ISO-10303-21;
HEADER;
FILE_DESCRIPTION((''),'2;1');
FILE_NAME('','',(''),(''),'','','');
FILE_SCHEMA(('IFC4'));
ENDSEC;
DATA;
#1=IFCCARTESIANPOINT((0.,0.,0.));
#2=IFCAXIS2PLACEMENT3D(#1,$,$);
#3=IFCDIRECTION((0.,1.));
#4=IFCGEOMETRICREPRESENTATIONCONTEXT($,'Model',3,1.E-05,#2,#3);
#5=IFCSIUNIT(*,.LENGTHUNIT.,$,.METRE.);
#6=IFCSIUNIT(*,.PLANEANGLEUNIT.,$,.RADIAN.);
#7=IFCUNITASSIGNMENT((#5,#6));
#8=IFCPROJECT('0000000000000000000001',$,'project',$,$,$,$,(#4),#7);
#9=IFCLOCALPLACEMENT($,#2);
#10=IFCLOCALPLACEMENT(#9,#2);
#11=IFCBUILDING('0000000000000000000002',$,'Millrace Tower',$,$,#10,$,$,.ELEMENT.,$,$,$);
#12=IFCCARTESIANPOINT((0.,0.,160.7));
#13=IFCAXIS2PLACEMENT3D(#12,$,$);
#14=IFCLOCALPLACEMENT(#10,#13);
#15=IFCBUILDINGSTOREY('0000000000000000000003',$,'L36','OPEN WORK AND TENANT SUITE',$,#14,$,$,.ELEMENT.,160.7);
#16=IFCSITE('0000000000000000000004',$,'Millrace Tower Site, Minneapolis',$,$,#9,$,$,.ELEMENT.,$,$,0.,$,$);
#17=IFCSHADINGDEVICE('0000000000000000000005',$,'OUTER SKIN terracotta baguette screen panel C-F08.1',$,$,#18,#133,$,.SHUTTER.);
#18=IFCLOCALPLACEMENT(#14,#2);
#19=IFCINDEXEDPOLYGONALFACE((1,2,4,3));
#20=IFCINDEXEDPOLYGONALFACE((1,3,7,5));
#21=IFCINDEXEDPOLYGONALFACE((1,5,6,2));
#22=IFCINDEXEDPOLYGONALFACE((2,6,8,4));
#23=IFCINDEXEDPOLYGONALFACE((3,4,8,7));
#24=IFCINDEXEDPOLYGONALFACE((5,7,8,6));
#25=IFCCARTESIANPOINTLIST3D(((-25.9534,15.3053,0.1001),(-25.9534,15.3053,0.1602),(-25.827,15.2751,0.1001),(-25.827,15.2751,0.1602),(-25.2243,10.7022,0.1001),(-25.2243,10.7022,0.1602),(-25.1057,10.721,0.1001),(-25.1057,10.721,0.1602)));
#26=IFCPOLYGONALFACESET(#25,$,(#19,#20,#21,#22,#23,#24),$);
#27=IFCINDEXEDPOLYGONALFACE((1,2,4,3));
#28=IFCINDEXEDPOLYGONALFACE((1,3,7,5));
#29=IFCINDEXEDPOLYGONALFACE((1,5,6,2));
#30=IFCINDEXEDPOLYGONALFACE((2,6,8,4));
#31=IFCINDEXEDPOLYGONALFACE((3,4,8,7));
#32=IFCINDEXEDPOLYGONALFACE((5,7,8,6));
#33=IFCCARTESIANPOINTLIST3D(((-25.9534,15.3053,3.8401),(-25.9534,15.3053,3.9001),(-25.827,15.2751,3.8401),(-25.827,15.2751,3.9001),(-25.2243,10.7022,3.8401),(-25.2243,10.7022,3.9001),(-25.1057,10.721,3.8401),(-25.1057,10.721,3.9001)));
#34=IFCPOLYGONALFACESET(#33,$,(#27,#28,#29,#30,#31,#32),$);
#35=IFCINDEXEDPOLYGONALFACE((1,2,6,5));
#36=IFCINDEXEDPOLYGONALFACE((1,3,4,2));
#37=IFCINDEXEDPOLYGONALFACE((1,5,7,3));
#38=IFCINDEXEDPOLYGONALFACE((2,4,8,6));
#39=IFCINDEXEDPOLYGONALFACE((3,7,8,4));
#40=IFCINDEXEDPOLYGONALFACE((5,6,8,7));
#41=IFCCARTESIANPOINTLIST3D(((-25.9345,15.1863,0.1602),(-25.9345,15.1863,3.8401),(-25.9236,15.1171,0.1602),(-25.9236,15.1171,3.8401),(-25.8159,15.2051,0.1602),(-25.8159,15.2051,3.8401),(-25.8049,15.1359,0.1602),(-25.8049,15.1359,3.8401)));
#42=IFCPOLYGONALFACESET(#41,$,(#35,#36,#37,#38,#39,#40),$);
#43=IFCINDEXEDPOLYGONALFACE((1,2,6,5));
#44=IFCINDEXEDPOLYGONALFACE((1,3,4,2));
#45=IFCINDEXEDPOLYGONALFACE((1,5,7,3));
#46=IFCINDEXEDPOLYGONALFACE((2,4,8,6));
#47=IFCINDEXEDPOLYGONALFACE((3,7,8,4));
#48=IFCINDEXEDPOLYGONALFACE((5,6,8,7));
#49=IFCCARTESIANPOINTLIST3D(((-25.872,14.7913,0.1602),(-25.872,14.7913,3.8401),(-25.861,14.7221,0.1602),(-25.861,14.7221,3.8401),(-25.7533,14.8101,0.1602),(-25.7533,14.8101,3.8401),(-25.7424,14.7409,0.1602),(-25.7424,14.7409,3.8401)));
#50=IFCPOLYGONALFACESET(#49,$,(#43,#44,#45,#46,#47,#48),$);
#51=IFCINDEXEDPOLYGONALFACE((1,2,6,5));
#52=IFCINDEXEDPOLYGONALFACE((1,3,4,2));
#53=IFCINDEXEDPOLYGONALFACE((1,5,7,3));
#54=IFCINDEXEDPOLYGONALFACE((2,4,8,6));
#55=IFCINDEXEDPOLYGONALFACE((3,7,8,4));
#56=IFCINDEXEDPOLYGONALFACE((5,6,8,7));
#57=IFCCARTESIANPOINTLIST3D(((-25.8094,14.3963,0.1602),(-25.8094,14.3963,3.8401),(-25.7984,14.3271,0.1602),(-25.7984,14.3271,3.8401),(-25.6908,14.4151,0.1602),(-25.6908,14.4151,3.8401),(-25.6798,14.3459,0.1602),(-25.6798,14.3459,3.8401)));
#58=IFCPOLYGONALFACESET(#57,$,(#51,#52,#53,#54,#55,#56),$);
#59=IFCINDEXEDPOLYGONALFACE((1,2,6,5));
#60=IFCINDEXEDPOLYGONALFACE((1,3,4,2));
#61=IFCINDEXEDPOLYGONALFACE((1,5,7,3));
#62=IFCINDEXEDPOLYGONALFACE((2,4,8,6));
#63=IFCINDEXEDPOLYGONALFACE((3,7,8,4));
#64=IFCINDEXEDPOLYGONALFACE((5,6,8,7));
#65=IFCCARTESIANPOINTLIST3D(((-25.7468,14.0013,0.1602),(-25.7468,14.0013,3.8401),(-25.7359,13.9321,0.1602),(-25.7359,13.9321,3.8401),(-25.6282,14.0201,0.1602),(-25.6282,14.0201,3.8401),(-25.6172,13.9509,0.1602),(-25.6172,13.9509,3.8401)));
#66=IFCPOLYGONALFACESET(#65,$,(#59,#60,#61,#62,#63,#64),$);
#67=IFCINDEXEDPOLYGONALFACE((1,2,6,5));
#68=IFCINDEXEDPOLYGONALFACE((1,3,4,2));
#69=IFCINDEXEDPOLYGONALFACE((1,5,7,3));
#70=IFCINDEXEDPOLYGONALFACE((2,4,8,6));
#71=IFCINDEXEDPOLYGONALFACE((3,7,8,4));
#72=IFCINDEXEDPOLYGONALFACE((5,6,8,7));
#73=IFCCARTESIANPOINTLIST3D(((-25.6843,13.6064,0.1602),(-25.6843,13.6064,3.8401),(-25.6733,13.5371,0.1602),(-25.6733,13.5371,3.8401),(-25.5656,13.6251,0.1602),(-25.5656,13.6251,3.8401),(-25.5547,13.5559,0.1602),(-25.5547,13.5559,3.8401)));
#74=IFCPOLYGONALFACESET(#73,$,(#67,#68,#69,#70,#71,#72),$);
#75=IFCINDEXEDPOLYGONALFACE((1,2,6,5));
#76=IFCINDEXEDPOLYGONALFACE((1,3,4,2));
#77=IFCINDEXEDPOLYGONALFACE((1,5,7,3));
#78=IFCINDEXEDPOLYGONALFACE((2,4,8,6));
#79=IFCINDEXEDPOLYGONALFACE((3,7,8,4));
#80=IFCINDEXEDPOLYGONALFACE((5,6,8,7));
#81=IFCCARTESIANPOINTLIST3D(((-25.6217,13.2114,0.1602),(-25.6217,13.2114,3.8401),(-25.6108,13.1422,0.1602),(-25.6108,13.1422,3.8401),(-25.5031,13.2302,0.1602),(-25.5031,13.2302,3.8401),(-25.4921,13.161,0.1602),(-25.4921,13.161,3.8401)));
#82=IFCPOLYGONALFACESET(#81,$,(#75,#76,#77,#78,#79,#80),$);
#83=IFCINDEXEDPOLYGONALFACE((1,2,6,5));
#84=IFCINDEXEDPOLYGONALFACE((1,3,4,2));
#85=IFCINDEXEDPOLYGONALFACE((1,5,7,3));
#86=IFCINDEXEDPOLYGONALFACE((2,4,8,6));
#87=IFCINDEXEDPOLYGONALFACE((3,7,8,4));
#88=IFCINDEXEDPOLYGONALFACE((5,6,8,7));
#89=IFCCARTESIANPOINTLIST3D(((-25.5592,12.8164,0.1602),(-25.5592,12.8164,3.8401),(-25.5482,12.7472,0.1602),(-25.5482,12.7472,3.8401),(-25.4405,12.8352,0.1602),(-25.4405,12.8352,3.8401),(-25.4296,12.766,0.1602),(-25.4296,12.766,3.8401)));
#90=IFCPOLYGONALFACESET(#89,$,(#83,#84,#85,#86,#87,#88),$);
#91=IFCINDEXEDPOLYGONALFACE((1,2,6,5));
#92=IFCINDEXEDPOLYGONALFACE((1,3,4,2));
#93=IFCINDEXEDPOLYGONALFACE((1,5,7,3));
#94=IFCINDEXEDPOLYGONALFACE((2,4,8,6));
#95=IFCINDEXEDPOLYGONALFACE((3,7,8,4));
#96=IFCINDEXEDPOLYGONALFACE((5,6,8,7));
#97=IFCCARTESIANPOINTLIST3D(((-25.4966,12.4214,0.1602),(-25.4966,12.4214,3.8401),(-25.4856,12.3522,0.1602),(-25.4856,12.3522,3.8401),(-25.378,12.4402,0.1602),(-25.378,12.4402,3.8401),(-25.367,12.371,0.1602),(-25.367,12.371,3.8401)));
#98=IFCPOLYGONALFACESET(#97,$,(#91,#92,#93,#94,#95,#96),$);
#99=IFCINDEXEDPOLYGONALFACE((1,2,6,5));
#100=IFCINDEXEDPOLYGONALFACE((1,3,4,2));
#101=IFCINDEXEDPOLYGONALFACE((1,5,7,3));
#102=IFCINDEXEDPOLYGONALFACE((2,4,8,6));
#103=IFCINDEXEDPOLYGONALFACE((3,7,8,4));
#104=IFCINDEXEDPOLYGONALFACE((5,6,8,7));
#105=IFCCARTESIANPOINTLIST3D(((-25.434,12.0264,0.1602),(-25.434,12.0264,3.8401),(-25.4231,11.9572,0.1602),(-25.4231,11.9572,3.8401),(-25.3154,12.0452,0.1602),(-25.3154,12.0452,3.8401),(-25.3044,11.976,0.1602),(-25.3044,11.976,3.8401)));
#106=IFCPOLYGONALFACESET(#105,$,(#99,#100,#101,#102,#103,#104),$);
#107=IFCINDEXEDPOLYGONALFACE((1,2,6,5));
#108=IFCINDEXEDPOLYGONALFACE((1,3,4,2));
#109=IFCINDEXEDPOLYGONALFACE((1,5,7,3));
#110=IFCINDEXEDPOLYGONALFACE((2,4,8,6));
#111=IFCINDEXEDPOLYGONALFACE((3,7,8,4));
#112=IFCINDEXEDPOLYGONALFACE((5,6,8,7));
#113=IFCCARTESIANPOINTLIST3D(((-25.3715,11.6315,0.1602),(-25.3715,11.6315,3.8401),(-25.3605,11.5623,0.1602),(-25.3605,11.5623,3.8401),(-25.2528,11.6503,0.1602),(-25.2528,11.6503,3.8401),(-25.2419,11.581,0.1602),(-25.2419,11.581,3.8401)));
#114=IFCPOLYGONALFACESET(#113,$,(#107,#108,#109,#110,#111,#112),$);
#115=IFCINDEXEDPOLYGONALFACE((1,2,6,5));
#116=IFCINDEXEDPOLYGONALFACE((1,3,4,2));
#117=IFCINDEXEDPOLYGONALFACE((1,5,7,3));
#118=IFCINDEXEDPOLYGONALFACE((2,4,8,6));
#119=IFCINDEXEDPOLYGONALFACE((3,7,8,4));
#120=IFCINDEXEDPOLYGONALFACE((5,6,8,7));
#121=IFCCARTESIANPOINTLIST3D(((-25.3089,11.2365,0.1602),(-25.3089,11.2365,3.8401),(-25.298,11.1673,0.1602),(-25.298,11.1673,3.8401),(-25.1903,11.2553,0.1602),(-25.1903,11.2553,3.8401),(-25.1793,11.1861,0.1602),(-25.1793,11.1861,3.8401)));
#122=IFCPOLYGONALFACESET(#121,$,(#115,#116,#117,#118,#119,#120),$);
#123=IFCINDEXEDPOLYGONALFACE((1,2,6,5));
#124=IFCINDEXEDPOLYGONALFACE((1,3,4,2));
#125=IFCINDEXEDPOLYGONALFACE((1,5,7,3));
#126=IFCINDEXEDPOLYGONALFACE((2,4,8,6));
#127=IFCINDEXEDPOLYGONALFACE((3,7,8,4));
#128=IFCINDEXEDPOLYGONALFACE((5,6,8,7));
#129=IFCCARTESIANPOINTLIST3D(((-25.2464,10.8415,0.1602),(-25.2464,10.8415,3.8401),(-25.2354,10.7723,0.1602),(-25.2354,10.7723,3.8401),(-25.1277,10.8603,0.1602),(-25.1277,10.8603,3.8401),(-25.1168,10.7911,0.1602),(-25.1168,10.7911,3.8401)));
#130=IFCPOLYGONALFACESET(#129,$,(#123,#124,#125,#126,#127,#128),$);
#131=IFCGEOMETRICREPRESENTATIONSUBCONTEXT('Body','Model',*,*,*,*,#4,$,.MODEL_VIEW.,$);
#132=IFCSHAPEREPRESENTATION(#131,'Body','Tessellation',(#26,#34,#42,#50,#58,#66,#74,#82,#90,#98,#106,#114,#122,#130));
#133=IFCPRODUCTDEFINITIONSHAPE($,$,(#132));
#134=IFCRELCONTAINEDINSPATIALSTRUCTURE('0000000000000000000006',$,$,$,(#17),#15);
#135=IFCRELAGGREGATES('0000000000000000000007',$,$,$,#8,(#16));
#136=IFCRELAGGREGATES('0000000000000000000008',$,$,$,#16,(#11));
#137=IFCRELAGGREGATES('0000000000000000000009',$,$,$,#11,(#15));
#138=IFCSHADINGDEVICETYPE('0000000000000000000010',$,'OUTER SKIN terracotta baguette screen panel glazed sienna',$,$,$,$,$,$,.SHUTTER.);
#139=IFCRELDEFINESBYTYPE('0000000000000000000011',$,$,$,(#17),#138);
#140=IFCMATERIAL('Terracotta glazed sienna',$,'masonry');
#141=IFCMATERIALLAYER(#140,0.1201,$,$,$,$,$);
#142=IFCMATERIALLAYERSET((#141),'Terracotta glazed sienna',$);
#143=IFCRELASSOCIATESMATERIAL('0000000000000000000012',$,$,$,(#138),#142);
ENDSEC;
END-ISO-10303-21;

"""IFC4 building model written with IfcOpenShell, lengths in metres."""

from ifc_helpers import new_model, entity, si_unit, direction, frame, frame_2d, origin, place, context, subcontext, project, spatial, rectangle, extrude, source, transform, mapped, material, layer, layer_set, type_object, element, save


model = new_model("IFC4")

# Units and contexts
model_context = context("Model", 3, precision=1e-05, world=origin(), true_north=direction((0.0, 1.0)))
body_context = subcontext(model_context, "Body", "Model", "MODEL_VIEW")
ifc_project = project(units=[si_unit("LENGTHUNIT", "METRE"), si_unit("PLANEANGLEUNIT", "RADIAN")], contexts=[model_context])

# Site, building, storey
site_placement = place(None, origin())
site = spatial("IfcSite", under=ifc_project, at=site_placement, Name="Millrace Tower Site, Minneapolis", CompositionType="ELEMENT", RefElevation=0.0)
building_placement = place(site_placement, origin())
building = spatial("IfcBuilding", under=site, at=building_placement, Name="Millrace Tower", CompositionType="ELEMENT")
storey_placement = place(building_placement, frame((0.0, 0.0, 160.7)))
storey = spatial("IfcBuildingStorey", under=building, at=storey_placement, Name="L36", Description="OPEN WORK AND TENANT SUITE", CompositionType="ELEMENT", Elevation=160.7)

# Shading device
ifc_material_1 = material(Name="Terracotta glazed sienna", Category="masonry")
ifc_layer_1 = layer(ifc_material_1, 0.1201)
ifc_layer_set_1 = layer_set([ifc_layer_1], Name="Terracotta glazed sienna")
shading_device_type = type_object("IfcShadingDeviceType", Name="OUTER SKIN terracotta baguette screen panel glazed sienna", PredefinedType="SHUTTER", material=ifc_layer_set_1)
cartesian_point_1 = entity("IfcCartesianPoint", [-2.293, 0.0601])
shared_polyline_1 = entity("IfcPolyline", [cartesian_point_1, entity("IfcCartesianPoint", [2.3179, 0.0601]), entity("IfcCartesianPoint", [2.3179, -0.0601]), entity("IfcCartesianPoint", [-2.3425, -0.0601]), cartesian_point_1])
shared_shape_1 = source(origin(), body_context, "Body", "SweptSolid", [
    entity("IfcExtrudedAreaSolid", entity("IfcArbitraryClosedProfileDef", "AREA", None, shared_polyline_1), entity("IfcAxis2Placement3D", entity("IfcCartesianPoint", [0.0, 0.0, 0.0])), entity("IfcDirection", [0.0, 0.0, 1.0]), 0.0601),
    entity("IfcExtrudedAreaSolid", entity("IfcArbitraryClosedProfileDef", "AREA", None, shared_polyline_1), entity("IfcAxis2Placement3D", entity("IfcCartesianPoint", [0.0, 0.0, 3.74])), entity("IfcDirection", [0.0, 0.0, 1.0]), 0.0601),
    extrude(rectangle(XDim=0.0701, YDim=0.1201, at=frame_2d((-2.187, 0.0))), frame((0.0, 0.0, 0.0601)), (0.0, 0.0, 1.0), 3.6799),
    extrude(rectangle(XDim=0.0701, YDim=0.1201, at=frame_2d((-1.7871, 0.0))), frame((0.0, 0.0, 0.0601)), (0.0, 0.0, 1.0), 3.6799),
    extrude(rectangle(XDim=0.0701, YDim=0.1201, at=frame_2d((-1.3872, 0.0))), frame((0.0, 0.0, 0.0601)), (0.0, 0.0, 1.0), 3.6799),
    extrude(rectangle(XDim=0.0701, YDim=0.1201, at=frame_2d((-0.9873, 0.0))), frame((0.0, 0.0, 0.0601)), (0.0, 0.0, 1.0), 3.6799),
    extrude(rectangle(XDim=0.0701, YDim=0.1201, at=frame_2d((-0.5874, 0.0))), frame((0.0, 0.0, 0.0601)), (0.0, 0.0, 1.0), 3.6799),
    extrude(rectangle(XDim=0.0701, YDim=0.1201, at=frame_2d((-0.1875, 0.0))), frame((0.0, 0.0, 0.0601)), (0.0, 0.0, 1.0), 3.6799),
    extrude(rectangle(XDim=0.0701, YDim=0.1201, at=frame_2d((0.2124, 0.0))), frame((0.0, 0.0, 0.0601)), (0.0, 0.0, 1.0), 3.6799),
    extrude(rectangle(XDim=0.0701, YDim=0.1201, at=frame_2d((0.6123, 0.0))), frame((0.0, 0.0, 0.0601)), (0.0, 0.0, 1.0), 3.6799),
    extrude(rectangle(XDim=0.0701, YDim=0.1201, at=frame_2d((1.0122, 0.0))), frame((0.0, 0.0, 0.0601)), (0.0, 0.0, 1.0), 3.6799),
    extrude(rectangle(XDim=0.0701, YDim=0.1201, at=frame_2d((1.4121, 0.0))), frame((0.0, 0.0, 0.0601)), (0.0, 0.0, 1.0), 3.6799),
    extrude(rectangle(XDim=0.0701, YDim=0.1201, at=frame_2d((1.812, 0.0))), frame((0.0, 0.0, 0.0601)), (0.0, 0.0, 1.0), 3.6799),
    extrude(rectangle(XDim=0.0701, YDim=0.1201, at=frame_2d((2.2119, 0.0))), frame((0.0, 0.0, 0.0601)), (0.0, 0.0, 1.0), 3.6799),
])
shading_device_1_placement = place(storey_placement, frame((-25.5276, 13.001, 0.1001), z_axis=(0.0, 0.0, 1.0), x_axis=(0.156434, -0.987688, 0.0)))
element("IfcShadingDevice", 1, at=shading_device_1_placement, inside=storey, type_object=shading_device_type, Name="OUTER SKIN terracotta baguette screen panel C-F08.1", PredefinedType="SHUTTER", context=body_context, shape_type="MappedRepresentation", body=[
    mapped(shared_shape_1, transform((0.0, 0.0, 0.0), scale=1.0)),
])

save(model, "model.ifc")
